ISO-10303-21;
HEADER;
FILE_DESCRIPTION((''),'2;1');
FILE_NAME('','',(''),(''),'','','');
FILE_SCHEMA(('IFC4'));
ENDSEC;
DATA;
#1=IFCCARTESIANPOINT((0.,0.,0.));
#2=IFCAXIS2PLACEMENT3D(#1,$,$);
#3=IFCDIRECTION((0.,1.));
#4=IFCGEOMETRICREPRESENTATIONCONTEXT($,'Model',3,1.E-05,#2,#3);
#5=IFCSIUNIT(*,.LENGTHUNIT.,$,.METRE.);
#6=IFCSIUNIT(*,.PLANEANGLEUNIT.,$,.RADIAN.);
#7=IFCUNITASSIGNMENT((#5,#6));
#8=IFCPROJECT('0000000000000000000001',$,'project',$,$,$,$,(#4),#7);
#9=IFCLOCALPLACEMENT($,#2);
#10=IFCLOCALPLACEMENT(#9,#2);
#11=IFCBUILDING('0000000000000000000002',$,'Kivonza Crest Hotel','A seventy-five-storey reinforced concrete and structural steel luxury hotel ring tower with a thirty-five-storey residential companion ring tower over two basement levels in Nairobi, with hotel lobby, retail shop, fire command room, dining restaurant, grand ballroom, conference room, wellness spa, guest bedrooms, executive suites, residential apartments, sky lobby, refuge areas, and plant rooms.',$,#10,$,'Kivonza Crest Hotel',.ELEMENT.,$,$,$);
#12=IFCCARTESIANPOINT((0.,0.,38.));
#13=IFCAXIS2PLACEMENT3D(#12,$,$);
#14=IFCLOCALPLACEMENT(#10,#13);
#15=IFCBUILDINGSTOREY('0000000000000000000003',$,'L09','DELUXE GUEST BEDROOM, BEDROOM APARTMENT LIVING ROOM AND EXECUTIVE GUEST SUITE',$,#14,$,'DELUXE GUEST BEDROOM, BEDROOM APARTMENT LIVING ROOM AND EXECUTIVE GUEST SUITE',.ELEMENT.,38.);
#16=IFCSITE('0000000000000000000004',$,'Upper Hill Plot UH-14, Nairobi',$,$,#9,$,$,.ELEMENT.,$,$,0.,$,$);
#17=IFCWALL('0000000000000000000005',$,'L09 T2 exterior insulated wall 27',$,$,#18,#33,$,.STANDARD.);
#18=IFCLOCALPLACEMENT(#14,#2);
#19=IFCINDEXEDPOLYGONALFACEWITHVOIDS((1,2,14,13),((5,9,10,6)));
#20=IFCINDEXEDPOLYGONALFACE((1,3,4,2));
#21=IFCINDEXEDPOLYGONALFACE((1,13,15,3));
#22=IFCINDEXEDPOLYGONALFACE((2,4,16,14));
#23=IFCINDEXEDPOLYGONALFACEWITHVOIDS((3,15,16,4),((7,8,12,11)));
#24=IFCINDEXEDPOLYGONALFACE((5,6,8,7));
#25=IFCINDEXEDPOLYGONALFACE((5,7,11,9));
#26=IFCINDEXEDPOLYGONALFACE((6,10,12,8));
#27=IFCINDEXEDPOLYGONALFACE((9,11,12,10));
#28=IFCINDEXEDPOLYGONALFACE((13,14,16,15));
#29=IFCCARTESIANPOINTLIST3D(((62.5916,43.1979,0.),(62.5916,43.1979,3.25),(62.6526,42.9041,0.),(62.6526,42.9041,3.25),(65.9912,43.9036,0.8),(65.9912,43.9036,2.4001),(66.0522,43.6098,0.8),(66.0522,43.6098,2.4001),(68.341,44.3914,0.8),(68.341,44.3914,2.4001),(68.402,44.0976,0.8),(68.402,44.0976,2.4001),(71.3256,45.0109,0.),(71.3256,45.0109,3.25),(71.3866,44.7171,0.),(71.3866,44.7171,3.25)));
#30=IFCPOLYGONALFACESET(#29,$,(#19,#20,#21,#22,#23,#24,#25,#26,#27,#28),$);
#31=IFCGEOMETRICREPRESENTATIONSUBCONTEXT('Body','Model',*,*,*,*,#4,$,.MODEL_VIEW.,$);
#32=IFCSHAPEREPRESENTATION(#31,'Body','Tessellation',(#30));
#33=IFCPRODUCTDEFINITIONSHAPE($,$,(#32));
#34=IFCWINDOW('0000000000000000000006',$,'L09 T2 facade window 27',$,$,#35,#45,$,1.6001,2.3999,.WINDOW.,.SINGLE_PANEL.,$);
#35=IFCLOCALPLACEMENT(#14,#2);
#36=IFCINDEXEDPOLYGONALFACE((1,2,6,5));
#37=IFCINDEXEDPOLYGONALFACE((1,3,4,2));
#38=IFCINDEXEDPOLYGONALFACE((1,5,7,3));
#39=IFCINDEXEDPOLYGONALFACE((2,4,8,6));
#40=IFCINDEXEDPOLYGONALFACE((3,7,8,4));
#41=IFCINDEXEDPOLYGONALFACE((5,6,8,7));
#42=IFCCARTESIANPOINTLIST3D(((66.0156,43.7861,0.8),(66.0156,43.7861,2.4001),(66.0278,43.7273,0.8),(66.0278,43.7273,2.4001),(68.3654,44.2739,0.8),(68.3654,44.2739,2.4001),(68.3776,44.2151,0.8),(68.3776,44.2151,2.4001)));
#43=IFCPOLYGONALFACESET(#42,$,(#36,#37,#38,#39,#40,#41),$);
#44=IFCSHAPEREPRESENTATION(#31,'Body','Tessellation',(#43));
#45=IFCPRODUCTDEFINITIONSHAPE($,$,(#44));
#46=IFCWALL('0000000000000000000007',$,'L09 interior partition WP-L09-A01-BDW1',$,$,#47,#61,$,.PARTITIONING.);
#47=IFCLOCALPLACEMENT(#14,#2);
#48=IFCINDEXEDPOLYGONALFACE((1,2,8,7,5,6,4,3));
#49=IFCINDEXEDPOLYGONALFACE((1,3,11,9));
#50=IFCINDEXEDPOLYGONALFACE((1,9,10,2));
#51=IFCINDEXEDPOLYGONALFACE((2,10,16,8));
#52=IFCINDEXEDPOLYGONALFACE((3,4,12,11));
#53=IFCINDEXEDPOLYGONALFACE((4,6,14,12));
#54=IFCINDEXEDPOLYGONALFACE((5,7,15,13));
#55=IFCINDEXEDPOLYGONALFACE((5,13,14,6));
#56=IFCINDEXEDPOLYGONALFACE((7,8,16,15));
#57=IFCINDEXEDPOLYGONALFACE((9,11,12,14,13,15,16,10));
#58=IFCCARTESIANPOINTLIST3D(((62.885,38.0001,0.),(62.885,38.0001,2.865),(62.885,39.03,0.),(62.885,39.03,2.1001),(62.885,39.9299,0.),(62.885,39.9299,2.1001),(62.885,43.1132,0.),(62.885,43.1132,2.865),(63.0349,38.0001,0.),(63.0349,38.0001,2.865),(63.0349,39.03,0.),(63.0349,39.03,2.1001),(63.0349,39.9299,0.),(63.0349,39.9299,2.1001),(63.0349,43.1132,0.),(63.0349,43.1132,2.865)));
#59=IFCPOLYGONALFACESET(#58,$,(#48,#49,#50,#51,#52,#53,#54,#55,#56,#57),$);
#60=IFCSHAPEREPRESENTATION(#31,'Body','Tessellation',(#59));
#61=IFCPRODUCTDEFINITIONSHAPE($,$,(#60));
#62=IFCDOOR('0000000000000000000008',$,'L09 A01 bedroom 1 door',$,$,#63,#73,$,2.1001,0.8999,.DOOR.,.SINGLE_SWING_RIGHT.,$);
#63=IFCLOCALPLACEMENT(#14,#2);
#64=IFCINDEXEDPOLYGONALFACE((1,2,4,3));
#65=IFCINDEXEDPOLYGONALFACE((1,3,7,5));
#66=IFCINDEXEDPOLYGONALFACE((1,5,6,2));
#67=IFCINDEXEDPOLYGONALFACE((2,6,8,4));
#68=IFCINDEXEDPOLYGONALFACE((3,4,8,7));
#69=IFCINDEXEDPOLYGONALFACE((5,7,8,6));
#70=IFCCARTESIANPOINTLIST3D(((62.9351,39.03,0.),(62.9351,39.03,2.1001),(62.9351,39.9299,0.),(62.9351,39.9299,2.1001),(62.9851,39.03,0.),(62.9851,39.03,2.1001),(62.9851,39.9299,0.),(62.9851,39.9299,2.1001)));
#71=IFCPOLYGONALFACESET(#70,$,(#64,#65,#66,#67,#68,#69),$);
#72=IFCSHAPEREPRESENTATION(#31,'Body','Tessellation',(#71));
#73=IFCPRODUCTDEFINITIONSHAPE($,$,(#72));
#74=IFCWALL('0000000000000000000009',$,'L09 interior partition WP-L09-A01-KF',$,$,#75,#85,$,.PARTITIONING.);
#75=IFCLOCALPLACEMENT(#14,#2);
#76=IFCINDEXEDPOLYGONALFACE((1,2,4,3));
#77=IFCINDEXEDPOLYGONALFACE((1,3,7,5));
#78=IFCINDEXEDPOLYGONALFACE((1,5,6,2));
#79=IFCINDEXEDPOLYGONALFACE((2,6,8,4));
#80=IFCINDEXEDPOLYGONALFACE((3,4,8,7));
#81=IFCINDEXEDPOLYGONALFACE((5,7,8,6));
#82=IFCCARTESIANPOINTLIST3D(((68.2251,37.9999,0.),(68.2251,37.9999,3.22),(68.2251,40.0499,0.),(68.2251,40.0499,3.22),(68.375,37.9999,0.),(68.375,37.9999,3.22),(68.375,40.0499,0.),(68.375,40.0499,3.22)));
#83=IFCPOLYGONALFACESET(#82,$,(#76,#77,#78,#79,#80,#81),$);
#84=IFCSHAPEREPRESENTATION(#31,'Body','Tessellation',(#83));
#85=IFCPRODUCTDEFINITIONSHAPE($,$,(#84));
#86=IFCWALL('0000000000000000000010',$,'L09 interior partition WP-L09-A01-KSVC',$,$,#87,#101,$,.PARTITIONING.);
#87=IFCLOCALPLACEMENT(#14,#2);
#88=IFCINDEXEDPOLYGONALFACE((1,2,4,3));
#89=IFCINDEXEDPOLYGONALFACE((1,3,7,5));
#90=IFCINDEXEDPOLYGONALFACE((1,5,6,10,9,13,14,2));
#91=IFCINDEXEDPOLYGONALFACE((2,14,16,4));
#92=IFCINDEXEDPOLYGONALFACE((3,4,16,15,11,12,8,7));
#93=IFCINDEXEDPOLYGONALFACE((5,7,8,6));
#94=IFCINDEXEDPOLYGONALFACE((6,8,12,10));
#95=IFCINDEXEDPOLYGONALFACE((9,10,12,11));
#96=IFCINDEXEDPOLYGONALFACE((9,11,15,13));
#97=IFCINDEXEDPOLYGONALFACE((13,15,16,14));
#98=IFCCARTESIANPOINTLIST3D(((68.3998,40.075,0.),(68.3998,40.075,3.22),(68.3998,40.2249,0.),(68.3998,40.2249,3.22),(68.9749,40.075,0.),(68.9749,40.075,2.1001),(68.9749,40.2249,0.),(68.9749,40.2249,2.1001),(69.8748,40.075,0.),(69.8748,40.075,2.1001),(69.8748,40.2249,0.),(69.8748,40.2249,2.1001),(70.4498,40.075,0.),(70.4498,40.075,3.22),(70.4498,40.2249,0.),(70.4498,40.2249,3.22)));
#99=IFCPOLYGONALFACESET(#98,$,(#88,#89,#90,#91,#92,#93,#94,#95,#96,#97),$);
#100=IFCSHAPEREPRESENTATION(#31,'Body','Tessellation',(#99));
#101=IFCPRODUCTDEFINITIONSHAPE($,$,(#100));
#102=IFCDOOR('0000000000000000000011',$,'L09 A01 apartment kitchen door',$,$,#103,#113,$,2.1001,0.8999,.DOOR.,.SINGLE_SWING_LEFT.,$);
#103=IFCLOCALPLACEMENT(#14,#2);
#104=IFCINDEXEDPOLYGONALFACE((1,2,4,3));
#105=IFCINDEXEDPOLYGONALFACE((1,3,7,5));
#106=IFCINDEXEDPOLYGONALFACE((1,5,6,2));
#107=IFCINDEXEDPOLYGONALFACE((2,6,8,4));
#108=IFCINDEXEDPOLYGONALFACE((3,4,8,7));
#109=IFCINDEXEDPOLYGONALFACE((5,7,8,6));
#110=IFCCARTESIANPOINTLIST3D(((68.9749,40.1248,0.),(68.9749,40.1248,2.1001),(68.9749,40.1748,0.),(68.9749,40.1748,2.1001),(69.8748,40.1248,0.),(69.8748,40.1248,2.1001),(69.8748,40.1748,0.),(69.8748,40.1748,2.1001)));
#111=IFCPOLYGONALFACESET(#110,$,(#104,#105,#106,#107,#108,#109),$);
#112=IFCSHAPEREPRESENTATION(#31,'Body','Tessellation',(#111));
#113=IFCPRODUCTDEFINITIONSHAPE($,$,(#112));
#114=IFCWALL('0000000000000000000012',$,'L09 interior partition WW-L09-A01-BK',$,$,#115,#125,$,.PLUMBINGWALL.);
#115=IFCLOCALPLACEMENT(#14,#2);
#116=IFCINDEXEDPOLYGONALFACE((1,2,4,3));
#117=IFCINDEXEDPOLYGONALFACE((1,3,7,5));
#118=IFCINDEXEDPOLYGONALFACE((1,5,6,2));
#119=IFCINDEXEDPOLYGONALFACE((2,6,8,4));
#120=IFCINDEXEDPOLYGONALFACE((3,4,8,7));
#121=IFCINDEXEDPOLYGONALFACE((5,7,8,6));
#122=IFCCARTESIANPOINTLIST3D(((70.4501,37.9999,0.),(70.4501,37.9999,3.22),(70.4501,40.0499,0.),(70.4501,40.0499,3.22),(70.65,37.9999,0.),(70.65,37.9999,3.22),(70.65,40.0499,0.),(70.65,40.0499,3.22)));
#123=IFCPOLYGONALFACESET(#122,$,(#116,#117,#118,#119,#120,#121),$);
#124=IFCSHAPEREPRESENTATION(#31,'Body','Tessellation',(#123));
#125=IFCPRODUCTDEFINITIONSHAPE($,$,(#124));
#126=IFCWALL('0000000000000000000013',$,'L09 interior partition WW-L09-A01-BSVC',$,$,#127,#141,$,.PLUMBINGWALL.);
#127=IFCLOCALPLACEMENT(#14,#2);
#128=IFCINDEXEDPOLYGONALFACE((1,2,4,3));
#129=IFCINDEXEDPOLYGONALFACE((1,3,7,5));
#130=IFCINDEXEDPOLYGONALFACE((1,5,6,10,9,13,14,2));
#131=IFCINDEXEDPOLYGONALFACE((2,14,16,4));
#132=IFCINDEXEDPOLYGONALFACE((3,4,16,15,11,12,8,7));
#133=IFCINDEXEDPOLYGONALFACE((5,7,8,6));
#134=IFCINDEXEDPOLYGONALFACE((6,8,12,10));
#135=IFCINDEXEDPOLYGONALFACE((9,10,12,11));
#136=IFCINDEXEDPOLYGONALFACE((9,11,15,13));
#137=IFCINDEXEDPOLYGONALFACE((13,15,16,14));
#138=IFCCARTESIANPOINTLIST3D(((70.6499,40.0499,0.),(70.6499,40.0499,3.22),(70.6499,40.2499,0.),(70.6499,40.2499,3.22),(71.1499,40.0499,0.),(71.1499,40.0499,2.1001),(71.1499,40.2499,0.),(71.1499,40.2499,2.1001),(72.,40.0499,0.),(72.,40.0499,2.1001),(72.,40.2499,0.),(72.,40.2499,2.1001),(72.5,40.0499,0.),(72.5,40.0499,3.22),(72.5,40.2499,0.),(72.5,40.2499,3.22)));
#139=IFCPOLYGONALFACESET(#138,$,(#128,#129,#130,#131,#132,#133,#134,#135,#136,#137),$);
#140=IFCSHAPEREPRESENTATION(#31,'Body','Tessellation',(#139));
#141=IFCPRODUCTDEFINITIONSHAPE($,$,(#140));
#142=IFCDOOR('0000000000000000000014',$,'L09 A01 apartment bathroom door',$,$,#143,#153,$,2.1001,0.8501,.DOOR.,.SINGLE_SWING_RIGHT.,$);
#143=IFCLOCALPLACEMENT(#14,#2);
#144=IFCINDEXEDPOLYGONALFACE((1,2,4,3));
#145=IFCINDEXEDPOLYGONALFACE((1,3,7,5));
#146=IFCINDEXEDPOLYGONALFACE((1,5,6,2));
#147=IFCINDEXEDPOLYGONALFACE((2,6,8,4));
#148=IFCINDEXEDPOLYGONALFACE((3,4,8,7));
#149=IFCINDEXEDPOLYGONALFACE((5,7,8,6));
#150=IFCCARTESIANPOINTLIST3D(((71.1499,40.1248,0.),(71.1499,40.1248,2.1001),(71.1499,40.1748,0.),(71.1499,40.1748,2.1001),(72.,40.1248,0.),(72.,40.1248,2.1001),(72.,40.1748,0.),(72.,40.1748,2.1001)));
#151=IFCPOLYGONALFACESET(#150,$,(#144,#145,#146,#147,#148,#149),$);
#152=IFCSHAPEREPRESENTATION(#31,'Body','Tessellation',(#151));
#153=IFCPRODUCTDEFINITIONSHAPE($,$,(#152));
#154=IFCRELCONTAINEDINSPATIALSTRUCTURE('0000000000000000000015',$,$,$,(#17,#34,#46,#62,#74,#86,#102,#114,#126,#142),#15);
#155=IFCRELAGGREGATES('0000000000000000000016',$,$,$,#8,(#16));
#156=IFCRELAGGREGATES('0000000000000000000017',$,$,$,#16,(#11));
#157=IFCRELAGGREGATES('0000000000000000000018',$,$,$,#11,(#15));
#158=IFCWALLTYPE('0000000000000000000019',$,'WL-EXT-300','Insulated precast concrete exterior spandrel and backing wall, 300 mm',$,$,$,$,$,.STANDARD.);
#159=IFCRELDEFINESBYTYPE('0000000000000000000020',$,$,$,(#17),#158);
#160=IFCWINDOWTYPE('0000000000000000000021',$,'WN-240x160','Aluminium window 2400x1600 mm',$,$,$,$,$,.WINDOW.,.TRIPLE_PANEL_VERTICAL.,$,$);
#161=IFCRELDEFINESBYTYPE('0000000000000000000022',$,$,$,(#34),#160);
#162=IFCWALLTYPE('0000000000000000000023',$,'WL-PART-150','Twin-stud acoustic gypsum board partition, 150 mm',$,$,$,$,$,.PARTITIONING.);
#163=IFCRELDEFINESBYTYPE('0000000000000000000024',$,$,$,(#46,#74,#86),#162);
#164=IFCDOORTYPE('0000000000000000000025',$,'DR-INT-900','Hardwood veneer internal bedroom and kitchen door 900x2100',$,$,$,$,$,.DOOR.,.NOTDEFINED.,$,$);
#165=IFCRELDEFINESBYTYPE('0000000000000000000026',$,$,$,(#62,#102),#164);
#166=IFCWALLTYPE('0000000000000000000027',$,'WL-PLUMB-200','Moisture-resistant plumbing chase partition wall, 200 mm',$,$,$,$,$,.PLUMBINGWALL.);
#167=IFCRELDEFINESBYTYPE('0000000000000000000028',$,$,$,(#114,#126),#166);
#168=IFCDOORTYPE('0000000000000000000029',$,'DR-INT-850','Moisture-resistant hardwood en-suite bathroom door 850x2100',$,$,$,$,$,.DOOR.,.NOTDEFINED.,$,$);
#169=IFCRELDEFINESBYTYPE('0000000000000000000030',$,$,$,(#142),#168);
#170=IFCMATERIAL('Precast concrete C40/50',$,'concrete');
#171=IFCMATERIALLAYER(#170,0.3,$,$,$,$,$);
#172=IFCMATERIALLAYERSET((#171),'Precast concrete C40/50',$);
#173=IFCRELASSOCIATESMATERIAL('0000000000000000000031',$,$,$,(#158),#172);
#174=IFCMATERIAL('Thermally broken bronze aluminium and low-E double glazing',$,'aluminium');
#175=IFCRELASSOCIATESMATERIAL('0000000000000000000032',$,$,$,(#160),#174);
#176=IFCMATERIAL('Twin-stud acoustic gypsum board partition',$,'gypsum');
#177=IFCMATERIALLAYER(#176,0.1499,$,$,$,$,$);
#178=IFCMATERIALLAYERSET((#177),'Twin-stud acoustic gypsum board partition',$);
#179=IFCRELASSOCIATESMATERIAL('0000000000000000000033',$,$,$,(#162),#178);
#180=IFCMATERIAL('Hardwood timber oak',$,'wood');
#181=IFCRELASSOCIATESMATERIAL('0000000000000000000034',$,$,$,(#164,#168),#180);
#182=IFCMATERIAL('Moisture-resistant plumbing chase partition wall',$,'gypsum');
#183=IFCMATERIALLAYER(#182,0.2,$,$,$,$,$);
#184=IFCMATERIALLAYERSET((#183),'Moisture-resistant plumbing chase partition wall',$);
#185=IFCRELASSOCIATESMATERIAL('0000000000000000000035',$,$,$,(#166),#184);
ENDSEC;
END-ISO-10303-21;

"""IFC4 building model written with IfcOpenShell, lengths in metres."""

from ifc_helpers import new_model, si_unit, direction, frame, frame_2d, origin, place, context, subcontext, project, spatial, rectangle, extrude, material, layer, layer_set, type_object, element, fill, save


model = new_model("IFC4")

# Units and contexts
model_context = context("Model", 3, precision=1e-05, world=origin(), true_north=direction((0.0, 1.0)))
body_context = subcontext(model_context, "Body", "Model", "MODEL_VIEW")
ifc_project = project(units=[si_unit("LENGTHUNIT", "METRE"), si_unit("PLANEANGLEUNIT", "RADIAN")], contexts=[model_context])

# Site, building, storey
site_placement = place(None, origin())
site = spatial("IfcSite", under=ifc_project, at=site_placement, Name="Upper Hill Plot UH-14, Nairobi", CompositionType="ELEMENT", RefElevation=0.0)
building_placement = place(site_placement, origin())
building = spatial("IfcBuilding", under=site, at=building_placement, Name="Kivonza Crest Hotel", Description="A seventy-five-storey reinforced concrete and structural steel luxury hotel ring tower with a thirty-five-storey residential companion ring tower over two basement levels in Nairobi, with hotel lobby, retail shop, fire command room, dining restaurant, grand ballroom, conference room, wellness spa, guest bedrooms, executive suites, residential apartments, sky lobby, refuge areas, and plant rooms.", LongName="Kivonza Crest Hotel", CompositionType="ELEMENT")
storey_placement = place(building_placement, frame((0.0, 0.0, 38.0)))
storey = spatial("IfcBuildingStorey", under=building, at=storey_placement, Name="L09", Description="DELUXE GUEST BEDROOM, BEDROOM APARTMENT LIVING ROOM AND EXECUTIVE GUEST SUITE", LongName="DELUXE GUEST BEDROOM, BEDROOM APARTMENT LIVING ROOM AND EXECUTIVE GUEST SUITE", CompositionType="ELEMENT", Elevation=38.0)

# Shared definitions
ifc_material_1 = material(Name="Hardwood timber oak", Category="wood")

# Wall, opening, window
ifc_material_2 = material(Name="Precast concrete C40/50", Category="concrete")
ifc_layer_1 = layer(ifc_material_2, 0.3)
ifc_layer_set_1 = layer_set([ifc_layer_1], Name="Precast concrete C40/50")
wall_type_1 = type_object("IfcWallType", Name="WL-EXT-300", Description="Insulated precast concrete exterior spandrel and backing wall, 300 mm", PredefinedType="STANDARD", material=ifc_layer_set_1)
wall_1_placement = place(storey_placement, frame((71.356, 44.864, 0.0), z_axis=(0.0, 0.0, 1.0), x_axis=(-0.979127, -0.203248, 0.0)))
wall_1 = element("IfcWall", 1, at=wall_1_placement, inside=storey, type_object=wall_type_1, Name="L09 T2 exterior insulated wall 27", PredefinedType="STANDARD", context=body_context, shape_type="SweptSolid", body=[
    extrude(rectangle(XDim=8.9202, YDim=0.3, at=frame_2d((4.46, 0.0))), origin(), (0.0, 0.0, 1.0), 3.25),
])
opening_1_placement = place(wall_1_placement, frame((3.0481, 0.0, 0.8)))
opening_1 = element("IfcOpeningElement", 2, at=opening_1_placement, cuts=wall_1, PredefinedType="OPENING", context=body_context, shape_type="SweptSolid", body=[
    extrude(rectangle(XDim=2.3999, YDim=1.6001, at=frame_2d((1.2, 0.8))), frame((0.0, 0.1602, 0.0), z_axis=(0.0, -1.0, 0.0), x_axis=(1.0, 0.0, 0.0)), (0.0, 0.0, 1.0), 0.3201),
])
ifc_material_3 = material(Name="Thermally broken bronze aluminium and low-E double glazing", Category="aluminium")
window_type = type_object("IfcWindowType", Name="WN-240x160", Description="Aluminium window 2400x1600 mm", PartitioningType="TRIPLE_PANEL_VERTICAL", PredefinedType="WINDOW", material=ifc_material_3)
window_placement = place(opening_1_placement, origin())
window = element("IfcWindow", 3, at=window_placement, inside=storey, type_object=window_type, Name="L09 T2 facade window 27", OverallHeight=1.6001, OverallWidth=2.3999, PartitioningType="SINGLE_PANEL", PredefinedType="WINDOW", context=body_context, shape_type="SweptSolid", body=[
    extrude(rectangle(XDim=2.3999, YDim=1.6001, at=frame_2d((1.2, 0.8))), frame((0.0, 0.03, 0.0), z_axis=(0.0, -1.0, 0.0), x_axis=(1.0, 0.0, 0.0)), (0.0, 0.0, 1.0), 0.0601),
])
fill(opening_1, window)

# Wall, opening, door
ifc_material_4 = material(Name="Twin-stud acoustic gypsum board partition", Category="gypsum")
ifc_layer_2 = layer(ifc_material_4, 0.1499)
ifc_layer_set_2 = layer_set([ifc_layer_2], Name="Twin-stud acoustic gypsum board partition")
wall_type_2 = type_object("IfcWallType", Name="WL-PART-150", Description="Twin-stud acoustic gypsum board partition, 150 mm", PredefinedType="PARTITIONING", material=ifc_layer_set_2)
wall_2_placement = place(storey_placement, frame((62.96, 38.0, 0.0), z_axis=(0.0, 0.0, 1.0), x_axis=(0.0, 1.0, 0.0)))
wall_2 = element("IfcWall", 4, at=wall_2_placement, inside=storey, type_object=wall_type_2, Name="L09 interior partition WP-L09-A01-BDW1", PredefinedType="PARTITIONING", context=body_context, shape_type="SweptSolid", body=[
    extrude(rectangle(XDim=5.113, YDim=0.1499, at=frame_2d((2.5566, 0.0))), origin(), (0.0, 0.0, 1.0), 2.865),
])
opening_2_placement = place(wall_2_placement, frame((1.03, 0.0, 0.0)))
opening_2 = element("IfcOpeningElement", 5, at=opening_2_placement, cuts=wall_2, PredefinedType="OPENING", context=body_context, shape_type="SweptSolid", body=[
    extrude(rectangle(XDim=0.8999, YDim=2.1001, at=frame_2d((0.45, 1.05))), frame((0.0, 0.085, 0.0), z_axis=(0.0, -1.0, 0.0), x_axis=(1.0, 0.0, 0.0)), (0.0, 0.0, 1.0), 0.1699),
])
door_type_1 = type_object("IfcDoorType", Name="DR-INT-900", Description="Hardwood veneer internal bedroom and kitchen door 900x2100", OperationType="NOTDEFINED", PredefinedType="DOOR", material=ifc_material_1)
door_1_placement = place(opening_2_placement, origin())
door_1 = element("IfcDoor", 6, at=door_1_placement, inside=storey, type_object=door_type_1, Name="L09 A01 bedroom 1 door", OperationType="SINGLE_SWING_RIGHT", OverallHeight=2.1001, OverallWidth=0.8999, PredefinedType="DOOR", context=body_context, shape_type="SweptSolid", body=[
    extrude(rectangle(XDim=0.8999, YDim=2.1001, at=frame_2d((0.45, 1.05))), frame((0.0, 0.0249, 0.0), z_axis=(0.0, -1.0, 0.0), x_axis=(1.0, 0.0, 0.0)), (0.0, 0.0, 1.0), 0.05),
])
fill(opening_2, door_1)

# Wall
wall_3_placement = place(storey_placement, frame((68.3, 38.0, 0.0), z_axis=(0.0, 0.0, 1.0), x_axis=(0.0, 1.0, 0.0)))
element("IfcWall", 7, at=wall_3_placement, inside=storey, type_object=wall_type_2, Name="L09 interior partition WP-L09-A01-KF", PredefinedType="PARTITIONING", context=body_context, shape_type="SweptSolid", body=[
    extrude(rectangle(XDim=2.05, YDim=0.1499, at=frame_2d((1.0249, 0.0))), origin(), (0.0, 0.0, 1.0), 3.22),
])

# Wall, opening, door
wall_4_placement = place(storey_placement, frame((68.3999, 40.1499, 0.0), z_axis=(0.0, 0.0, 1.0), x_axis=(1.0, 0.0, 0.0)))
wall_4 = element("IfcWall", 8, at=wall_4_placement, inside=storey, type_object=wall_type_2, Name="L09 interior partition WP-L09-A01-KSVC", PredefinedType="PARTITIONING", context=body_context, shape_type="SweptSolid", body=[
    extrude(rectangle(XDim=2.05, YDim=0.1499, at=frame_2d((1.0249, 0.0))), origin(), (0.0, 0.0, 1.0), 3.22),
])
opening_3_placement = place(wall_4_placement, frame((0.575, 0.0, 0.0)))
opening_3 = element("IfcOpeningElement", 9, at=opening_3_placement, cuts=wall_4, PredefinedType="OPENING", context=body_context, shape_type="SweptSolid", body=[
    extrude(rectangle(XDim=0.8999, YDim=2.1001, at=frame_2d((0.45, 1.05))), frame((0.0, 0.085, 0.0), z_axis=(0.0, -1.0, 0.0), x_axis=(1.0, 0.0, 0.0)), (0.0, 0.0, 1.0), 0.1699),
])
door_2_placement = place(opening_3_placement, origin())
door_2 = element("IfcDoor", 10, at=door_2_placement, inside=storey, type_object=door_type_1, Name="L09 A01 apartment kitchen door", OperationType="SINGLE_SWING_LEFT", OverallHeight=2.1001, OverallWidth=0.8999, PredefinedType="DOOR", context=body_context, shape_type="SweptSolid", body=[
    extrude(rectangle(XDim=0.8999, YDim=2.1001, at=frame_2d((0.45, 1.05))), frame((0.0, 0.0249, 0.0), z_axis=(0.0, -1.0, 0.0), x_axis=(1.0, 0.0, 0.0)), (0.0, 0.0, 1.0), 0.05),
])
fill(opening_3, door_2)

# Wall
ifc_material_5 = material(Name="Moisture-resistant plumbing chase partition wall", Category="gypsum")
ifc_layer_3 = layer(ifc_material_5, 0.2)
ifc_layer_set_3 = layer_set([ifc_layer_3], Name="Moisture-resistant plumbing chase partition wall")
wall_type_3 = type_object("IfcWallType", Name="WL-PLUMB-200", Description="Moisture-resistant plumbing chase partition wall, 200 mm", PredefinedType="PLUMBINGWALL", material=ifc_layer_set_3)
wall_5_placement = place(storey_placement, frame((70.55, 38.0, 0.0), z_axis=(0.0, 0.0, 1.0), x_axis=(0.0, 1.0, 0.0)))
element("IfcWall", 11, at=wall_5_placement, inside=storey, type_object=wall_type_3, Name="L09 interior partition WW-L09-A01-BK", PredefinedType="PLUMBINGWALL", context=body_context, shape_type="SweptSolid", body=[
    extrude(rectangle(XDim=2.05, YDim=0.2, at=frame_2d((1.0249, 0.0))), origin(), (0.0, 0.0, 1.0), 3.22),
])

# Wall, opening, door
wall_6_placement = place(storey_placement, frame((70.6499, 40.1499, 0.0), z_axis=(0.0, 0.0, 1.0), x_axis=(1.0, 0.0, 0.0)))
wall_6 = element("IfcWall", 12, at=wall_6_placement, inside=storey, type_object=wall_type_3, Name="L09 interior partition WW-L09-A01-BSVC", PredefinedType="PLUMBINGWALL", context=body_context, shape_type="SweptSolid", body=[
    extrude(rectangle(XDim=1.8501, YDim=0.2, at=frame_2d((0.925, 0.0))), origin(), (0.0, 0.0, 1.0), 3.22),
])
opening_4_placement = place(wall_6_placement, frame((0.5, 0.0, 0.0)))
opening_4 = element("IfcOpeningElement", 13, at=opening_4_placement, cuts=wall_6, PredefinedType="OPENING", context=body_context, shape_type="SweptSolid", body=[
    extrude(rectangle(XDim=0.8501, YDim=2.1001, at=frame_2d((0.425, 1.05))), frame((0.0, 0.1099, 0.0), z_axis=(0.0, -1.0, 0.0), x_axis=(1.0, 0.0, 0.0)), (0.0, 0.0, 1.0), 0.22),
])
door_type_2 = type_object("IfcDoorType", Name="DR-INT-850", Description="Moisture-resistant hardwood en-suite bathroom door 850x2100", OperationType="NOTDEFINED", PredefinedType="DOOR", material=ifc_material_1)
door_3_placement = place(opening_4_placement, origin())
door_3 = element("IfcDoor", 14, at=door_3_placement, inside=storey, type_object=door_type_2, Name="L09 A01 apartment bathroom door", OperationType="SINGLE_SWING_RIGHT", OverallHeight=2.1001, OverallWidth=0.8501, PredefinedType="DOOR", context=body_context, shape_type="SweptSolid", body=[
    extrude(rectangle(XDim=0.8501, YDim=2.1001, at=frame_2d((0.425, 1.05))), frame((0.0, 0.0249, 0.0), z_axis=(0.0, -1.0, 0.0), x_axis=(1.0, 0.0, 0.0)), (0.0, 0.0, 1.0), 0.05),
])
fill(opening_4, door_3)

save(model, "model.ifc")
